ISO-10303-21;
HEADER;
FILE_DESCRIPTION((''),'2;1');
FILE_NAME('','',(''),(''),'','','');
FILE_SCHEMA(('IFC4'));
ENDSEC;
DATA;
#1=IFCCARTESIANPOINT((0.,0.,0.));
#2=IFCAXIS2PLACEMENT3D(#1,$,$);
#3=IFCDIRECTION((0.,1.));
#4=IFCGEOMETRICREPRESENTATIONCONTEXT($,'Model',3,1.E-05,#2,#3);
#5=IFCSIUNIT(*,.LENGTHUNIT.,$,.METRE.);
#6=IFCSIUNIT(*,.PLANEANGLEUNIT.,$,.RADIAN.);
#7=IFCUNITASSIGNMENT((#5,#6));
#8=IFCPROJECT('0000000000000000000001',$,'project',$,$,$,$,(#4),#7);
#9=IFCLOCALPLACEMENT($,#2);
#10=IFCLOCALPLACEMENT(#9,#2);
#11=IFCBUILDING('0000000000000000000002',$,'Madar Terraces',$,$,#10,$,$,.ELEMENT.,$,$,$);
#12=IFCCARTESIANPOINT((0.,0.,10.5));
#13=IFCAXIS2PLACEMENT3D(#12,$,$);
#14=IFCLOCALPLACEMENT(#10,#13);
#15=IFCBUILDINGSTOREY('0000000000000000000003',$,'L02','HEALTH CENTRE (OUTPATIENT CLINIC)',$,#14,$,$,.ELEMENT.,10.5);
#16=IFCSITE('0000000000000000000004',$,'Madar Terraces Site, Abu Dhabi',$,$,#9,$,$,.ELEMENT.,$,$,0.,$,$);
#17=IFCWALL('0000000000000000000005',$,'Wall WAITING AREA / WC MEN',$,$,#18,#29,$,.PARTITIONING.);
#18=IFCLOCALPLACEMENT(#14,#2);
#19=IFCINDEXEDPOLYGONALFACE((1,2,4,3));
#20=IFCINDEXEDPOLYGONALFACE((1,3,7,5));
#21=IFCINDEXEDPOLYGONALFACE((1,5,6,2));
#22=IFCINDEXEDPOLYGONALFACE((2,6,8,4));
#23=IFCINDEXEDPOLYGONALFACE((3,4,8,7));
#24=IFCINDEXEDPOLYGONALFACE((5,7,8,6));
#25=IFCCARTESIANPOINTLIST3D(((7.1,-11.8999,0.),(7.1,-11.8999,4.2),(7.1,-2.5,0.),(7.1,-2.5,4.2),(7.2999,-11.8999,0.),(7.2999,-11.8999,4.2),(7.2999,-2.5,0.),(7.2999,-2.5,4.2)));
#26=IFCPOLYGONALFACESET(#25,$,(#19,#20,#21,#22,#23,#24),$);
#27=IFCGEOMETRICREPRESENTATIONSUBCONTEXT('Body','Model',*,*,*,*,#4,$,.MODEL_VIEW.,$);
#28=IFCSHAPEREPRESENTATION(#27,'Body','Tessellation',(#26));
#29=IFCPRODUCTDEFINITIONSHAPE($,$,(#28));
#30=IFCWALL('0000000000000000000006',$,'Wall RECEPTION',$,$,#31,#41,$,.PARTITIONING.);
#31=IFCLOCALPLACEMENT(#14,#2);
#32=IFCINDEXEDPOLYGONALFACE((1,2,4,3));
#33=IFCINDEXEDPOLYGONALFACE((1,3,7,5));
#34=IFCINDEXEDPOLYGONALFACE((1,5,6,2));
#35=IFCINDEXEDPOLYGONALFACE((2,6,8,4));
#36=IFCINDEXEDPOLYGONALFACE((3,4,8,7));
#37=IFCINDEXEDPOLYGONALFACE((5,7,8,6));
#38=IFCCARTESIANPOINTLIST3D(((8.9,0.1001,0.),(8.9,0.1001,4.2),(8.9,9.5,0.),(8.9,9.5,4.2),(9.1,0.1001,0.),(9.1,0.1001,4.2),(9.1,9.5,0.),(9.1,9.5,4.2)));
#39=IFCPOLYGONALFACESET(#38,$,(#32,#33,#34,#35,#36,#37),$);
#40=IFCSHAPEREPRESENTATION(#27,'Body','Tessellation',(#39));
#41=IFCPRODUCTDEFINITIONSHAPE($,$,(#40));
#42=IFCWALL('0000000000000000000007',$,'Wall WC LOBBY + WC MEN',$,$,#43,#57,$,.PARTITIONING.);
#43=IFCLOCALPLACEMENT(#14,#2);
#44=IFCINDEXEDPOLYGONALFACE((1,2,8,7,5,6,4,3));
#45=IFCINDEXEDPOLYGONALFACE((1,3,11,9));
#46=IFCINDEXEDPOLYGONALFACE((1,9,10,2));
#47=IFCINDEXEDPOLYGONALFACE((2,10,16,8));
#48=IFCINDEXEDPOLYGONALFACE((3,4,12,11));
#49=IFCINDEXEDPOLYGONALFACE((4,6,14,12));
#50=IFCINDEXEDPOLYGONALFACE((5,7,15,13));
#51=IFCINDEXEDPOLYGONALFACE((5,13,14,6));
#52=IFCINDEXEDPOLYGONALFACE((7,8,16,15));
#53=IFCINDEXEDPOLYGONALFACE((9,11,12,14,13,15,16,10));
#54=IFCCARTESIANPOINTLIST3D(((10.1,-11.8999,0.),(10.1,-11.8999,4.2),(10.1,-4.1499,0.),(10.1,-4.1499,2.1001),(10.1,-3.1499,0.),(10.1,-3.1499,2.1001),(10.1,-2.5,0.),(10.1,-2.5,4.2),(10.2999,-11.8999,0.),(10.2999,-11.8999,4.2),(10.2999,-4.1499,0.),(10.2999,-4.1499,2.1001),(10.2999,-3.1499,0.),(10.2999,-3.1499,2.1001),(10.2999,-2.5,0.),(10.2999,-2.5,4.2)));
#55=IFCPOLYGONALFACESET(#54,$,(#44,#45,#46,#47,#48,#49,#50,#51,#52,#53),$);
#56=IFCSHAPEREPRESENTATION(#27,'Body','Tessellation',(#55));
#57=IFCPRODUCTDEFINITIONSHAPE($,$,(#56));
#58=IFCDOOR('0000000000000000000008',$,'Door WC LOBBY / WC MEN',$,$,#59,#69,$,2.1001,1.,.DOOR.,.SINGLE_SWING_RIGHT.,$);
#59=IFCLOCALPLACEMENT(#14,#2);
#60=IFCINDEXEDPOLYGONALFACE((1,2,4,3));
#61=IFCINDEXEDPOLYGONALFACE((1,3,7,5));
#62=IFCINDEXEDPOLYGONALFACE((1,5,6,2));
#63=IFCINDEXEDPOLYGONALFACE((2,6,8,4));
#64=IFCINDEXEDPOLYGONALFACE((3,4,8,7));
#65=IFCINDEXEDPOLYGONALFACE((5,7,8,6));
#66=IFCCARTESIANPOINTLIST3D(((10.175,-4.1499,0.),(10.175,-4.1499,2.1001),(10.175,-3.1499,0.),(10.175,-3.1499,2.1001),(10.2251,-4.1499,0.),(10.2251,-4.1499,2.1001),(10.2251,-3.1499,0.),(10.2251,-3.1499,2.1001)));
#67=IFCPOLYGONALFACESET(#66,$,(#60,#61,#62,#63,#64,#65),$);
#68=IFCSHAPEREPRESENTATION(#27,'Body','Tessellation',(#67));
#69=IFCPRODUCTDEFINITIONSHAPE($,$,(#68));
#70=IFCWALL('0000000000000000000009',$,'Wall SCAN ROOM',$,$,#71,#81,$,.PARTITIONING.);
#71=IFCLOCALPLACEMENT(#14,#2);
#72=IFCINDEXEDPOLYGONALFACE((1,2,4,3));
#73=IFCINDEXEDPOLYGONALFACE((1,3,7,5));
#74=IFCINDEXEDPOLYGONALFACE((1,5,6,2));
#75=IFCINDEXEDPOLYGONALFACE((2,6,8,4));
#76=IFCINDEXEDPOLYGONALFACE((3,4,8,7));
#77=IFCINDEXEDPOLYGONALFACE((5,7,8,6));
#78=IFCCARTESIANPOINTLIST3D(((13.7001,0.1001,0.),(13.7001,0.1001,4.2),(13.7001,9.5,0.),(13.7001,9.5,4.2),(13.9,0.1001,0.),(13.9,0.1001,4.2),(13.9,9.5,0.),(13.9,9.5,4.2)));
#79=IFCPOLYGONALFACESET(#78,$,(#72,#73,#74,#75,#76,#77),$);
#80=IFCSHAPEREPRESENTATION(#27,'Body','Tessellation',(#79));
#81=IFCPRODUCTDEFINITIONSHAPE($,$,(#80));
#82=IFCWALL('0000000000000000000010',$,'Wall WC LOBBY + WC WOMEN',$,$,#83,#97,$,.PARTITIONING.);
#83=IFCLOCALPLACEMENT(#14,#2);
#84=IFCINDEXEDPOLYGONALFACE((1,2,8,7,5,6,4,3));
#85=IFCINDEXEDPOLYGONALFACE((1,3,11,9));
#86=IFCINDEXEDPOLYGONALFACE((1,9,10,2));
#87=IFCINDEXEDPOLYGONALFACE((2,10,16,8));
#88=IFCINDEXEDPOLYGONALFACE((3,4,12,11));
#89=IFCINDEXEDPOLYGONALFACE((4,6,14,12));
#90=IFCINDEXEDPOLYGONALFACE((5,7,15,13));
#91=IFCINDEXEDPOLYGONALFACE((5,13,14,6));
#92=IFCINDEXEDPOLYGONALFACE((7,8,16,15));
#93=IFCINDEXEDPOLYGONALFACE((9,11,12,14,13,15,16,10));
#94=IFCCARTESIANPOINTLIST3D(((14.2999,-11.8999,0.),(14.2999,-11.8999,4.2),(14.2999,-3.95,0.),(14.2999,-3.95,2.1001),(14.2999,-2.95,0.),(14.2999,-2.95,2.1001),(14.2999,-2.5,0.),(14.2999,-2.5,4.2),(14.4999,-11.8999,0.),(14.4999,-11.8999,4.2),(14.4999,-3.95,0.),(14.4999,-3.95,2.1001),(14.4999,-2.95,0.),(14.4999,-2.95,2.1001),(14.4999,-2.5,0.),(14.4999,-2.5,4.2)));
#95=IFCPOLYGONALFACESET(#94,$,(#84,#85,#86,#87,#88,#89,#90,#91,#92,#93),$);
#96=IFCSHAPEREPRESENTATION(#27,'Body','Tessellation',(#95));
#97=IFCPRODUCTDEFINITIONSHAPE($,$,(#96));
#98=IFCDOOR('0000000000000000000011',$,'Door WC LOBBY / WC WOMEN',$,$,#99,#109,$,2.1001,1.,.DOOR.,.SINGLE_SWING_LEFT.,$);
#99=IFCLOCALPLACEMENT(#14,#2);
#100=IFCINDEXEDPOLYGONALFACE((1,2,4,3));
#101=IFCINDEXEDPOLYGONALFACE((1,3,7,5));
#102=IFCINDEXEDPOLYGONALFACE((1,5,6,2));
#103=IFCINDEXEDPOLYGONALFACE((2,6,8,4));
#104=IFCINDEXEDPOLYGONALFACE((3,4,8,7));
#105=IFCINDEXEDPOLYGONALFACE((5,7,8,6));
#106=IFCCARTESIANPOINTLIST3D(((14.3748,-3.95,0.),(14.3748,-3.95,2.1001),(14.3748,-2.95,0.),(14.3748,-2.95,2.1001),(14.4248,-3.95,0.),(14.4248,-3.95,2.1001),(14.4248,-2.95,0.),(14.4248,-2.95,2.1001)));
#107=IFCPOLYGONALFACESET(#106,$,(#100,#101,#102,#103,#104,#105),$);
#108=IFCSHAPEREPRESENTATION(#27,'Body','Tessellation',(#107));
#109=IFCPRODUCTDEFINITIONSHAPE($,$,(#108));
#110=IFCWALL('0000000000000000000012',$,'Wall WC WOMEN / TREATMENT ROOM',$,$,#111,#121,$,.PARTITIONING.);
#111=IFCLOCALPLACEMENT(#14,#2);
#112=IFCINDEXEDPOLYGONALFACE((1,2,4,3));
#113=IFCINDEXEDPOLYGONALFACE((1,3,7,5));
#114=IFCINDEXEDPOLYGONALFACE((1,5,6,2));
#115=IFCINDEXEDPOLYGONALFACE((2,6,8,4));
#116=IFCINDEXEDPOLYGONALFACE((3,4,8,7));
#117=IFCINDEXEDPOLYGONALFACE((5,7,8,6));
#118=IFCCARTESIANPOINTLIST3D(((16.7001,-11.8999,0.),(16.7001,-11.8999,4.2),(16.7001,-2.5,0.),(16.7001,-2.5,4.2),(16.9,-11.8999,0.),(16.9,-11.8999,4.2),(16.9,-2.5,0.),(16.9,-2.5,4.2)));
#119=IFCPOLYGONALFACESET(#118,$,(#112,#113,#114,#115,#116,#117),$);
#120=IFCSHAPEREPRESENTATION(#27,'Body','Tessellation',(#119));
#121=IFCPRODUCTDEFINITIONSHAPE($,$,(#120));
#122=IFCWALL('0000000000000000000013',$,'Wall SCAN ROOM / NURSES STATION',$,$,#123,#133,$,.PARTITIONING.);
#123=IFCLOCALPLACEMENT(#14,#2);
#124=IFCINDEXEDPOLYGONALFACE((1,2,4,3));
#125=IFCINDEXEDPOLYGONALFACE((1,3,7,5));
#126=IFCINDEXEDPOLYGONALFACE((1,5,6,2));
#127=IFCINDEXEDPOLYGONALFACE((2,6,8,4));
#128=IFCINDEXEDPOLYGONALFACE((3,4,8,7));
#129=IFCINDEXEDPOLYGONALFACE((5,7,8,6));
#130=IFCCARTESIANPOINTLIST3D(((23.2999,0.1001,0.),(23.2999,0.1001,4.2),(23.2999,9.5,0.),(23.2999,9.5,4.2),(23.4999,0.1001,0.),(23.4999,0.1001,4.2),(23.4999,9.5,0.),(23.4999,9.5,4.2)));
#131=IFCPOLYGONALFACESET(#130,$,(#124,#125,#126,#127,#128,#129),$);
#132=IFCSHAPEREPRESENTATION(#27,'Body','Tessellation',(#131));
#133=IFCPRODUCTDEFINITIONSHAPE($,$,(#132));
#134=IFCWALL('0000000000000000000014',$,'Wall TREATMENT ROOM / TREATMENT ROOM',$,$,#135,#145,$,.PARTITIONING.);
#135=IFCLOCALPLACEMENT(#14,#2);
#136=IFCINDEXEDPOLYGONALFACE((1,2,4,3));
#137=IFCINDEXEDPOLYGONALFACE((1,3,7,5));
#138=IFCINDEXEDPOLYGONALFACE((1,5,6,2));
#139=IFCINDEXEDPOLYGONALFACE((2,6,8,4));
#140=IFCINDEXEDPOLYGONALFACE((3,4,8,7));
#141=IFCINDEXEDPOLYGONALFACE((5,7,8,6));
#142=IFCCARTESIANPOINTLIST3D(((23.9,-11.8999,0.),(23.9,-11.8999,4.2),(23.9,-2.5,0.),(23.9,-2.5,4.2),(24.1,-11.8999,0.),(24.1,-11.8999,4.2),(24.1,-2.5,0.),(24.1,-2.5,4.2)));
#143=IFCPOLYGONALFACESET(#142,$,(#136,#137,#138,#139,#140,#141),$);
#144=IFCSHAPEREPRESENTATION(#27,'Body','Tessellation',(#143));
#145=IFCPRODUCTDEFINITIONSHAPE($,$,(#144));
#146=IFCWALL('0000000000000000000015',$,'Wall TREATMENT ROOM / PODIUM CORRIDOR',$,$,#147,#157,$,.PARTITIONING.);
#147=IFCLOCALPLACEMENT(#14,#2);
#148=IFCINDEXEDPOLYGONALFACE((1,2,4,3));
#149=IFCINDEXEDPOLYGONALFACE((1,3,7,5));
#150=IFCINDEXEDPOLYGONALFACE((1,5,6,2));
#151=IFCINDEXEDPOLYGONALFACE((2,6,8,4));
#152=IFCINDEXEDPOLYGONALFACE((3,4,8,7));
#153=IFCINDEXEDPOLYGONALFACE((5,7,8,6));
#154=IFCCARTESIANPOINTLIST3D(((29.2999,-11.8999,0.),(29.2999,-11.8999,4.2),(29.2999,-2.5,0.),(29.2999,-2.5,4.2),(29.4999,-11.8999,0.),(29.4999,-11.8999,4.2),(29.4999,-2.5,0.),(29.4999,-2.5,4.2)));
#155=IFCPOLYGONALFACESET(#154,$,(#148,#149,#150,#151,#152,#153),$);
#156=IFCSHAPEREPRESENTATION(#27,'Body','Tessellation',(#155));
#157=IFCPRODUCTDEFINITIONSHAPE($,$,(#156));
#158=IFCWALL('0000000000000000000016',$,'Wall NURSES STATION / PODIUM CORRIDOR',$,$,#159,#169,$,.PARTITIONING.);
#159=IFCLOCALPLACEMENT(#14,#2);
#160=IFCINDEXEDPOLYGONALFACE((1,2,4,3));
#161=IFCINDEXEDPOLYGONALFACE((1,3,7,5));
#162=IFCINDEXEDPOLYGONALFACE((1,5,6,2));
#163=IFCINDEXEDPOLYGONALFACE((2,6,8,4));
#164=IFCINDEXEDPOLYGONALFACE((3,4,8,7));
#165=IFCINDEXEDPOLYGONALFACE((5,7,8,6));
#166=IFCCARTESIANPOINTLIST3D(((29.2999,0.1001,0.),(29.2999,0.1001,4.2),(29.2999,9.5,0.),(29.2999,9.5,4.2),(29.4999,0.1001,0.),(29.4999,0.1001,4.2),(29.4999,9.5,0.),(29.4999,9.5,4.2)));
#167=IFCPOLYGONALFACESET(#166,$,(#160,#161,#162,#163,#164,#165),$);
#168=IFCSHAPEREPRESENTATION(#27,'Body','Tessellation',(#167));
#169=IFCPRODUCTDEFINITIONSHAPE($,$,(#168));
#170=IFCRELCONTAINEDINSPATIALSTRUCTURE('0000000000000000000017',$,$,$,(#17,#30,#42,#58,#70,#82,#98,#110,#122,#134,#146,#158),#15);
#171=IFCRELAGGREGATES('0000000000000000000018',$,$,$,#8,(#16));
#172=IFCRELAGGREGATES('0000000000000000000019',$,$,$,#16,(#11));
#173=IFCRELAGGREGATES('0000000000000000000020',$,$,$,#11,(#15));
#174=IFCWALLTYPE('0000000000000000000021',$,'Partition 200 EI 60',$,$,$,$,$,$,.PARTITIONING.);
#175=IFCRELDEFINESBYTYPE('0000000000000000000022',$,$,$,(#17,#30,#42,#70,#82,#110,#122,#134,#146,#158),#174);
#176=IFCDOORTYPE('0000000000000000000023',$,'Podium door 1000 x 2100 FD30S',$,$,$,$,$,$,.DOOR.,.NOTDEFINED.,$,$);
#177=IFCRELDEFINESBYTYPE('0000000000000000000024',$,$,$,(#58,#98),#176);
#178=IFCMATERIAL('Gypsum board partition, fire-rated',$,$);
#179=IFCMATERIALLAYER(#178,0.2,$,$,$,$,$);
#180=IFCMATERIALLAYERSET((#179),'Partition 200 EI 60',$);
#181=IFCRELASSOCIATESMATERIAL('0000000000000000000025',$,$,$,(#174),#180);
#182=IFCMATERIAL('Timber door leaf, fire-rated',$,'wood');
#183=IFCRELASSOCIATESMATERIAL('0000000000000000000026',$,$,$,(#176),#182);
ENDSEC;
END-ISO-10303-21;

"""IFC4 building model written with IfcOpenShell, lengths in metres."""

from ifc_helpers import new_model, si_unit, direction, frame, frame_2d, origin, place, context, subcontext, project, spatial, rectangle, extrude, material, layer, layer_set, type_object, element, fill, save


model = new_model("IFC4")

# Units and contexts
model_context = context("Model", 3, precision=1e-05, world=origin(), true_north=direction((0.0, 1.0)))
body_context = subcontext(model_context, "Body", "Model", "MODEL_VIEW")
ifc_project = project(units=[si_unit("LENGTHUNIT", "METRE"), si_unit("PLANEANGLEUNIT", "RADIAN")], contexts=[model_context])

# Site, building, storey
site_placement = place(None, origin())
site = spatial("IfcSite", under=ifc_project, at=site_placement, Name="Madar Terraces Site, Abu Dhabi", CompositionType="ELEMENT", RefElevation=0.0)
building_placement = place(site_placement, origin())
building = spatial("IfcBuilding", under=site, at=building_placement, Name="Madar Terraces", CompositionType="ELEMENT")
storey_placement = place(building_placement, frame((0.0, 0.0, 10.5)))
storey = spatial("IfcBuildingStorey", under=building, at=storey_placement, Name="L02", Description="HEALTH CENTRE (OUTPATIENT CLINIC)", CompositionType="ELEMENT", Elevation=10.5)

# Shared definitions
ifc_material_1 = material(Name="Gypsum board partition, fire-rated")
ifc_layer_1 = layer(ifc_material_1, 0.2)
ifc_layer_set_1 = layer_set([ifc_layer_1], Name="Partition 200 EI 60")
wall_type = type_object("IfcWallType", Name="Partition 200 EI 60", PredefinedType="PARTITIONING", material=ifc_layer_set_1)
ifc_material_2 = material(Name="Timber door leaf, fire-rated", Category="wood")
door_type_1 = type_object("IfcDoorType", Name="Podium door 1000 x 2100 FD30S", OperationType="NOTDEFINED", PredefinedType="DOOR", material=ifc_material_2)

# Walls
for number, where, z_axis, x_axis, name in (
    (1, (7.2, -11.8999, 0.0), (0.0, 0.0, 1.0), (0.0, 1.0, 0.0), "Wall WAITING AREA / WC MEN"),
    (2, (9.0, 0.1001, 0.0), (0.0, 0.0, 1.0), (0.0, 1.0, 0.0), "Wall RECEPTION"),
):
    element("IfcWall", number, at=place(storey_placement, frame(where, z_axis=z_axis, x_axis=x_axis)), inside=storey, type_object=wall_type, Name=name, PredefinedType="PARTITIONING", context=body_context, shape_type="SweptSolid", body=[
        extrude(rectangle(XDim=9.3999, YDim=0.2, at=frame_2d((4.7, 0.0))), origin(), (0.0, 0.0, 1.0), 4.2),
    ])

# Wall, opening, door
wall_1_placement = place(storey_placement, frame((10.2, -11.8999, 0.0), z_axis=(0.0, 0.0, 1.0), x_axis=(0.0, 1.0, 0.0)))
wall_1 = element("IfcWall", 3, at=wall_1_placement, inside=storey, type_object=wall_type, Name="Wall WC LOBBY + WC MEN", PredefinedType="PARTITIONING", context=body_context, shape_type="SweptSolid", body=[
    extrude(rectangle(XDim=9.3999, YDim=0.2, at=frame_2d((4.7, 0.0))), origin(), (0.0, 0.0, 1.0), 4.2),
])
opening_1_placement = place(wall_1_placement, frame((7.75, 0.0, 0.0)))
opening_1 = element("IfcOpeningElement", 4, at=opening_1_placement, cuts=wall_1, PredefinedType="OPENING", context=body_context, shape_type="SweptSolid", body=[
    extrude(rectangle(XDim=1.0, YDim=2.1001, at=frame_2d((0.5, 1.05))), frame((0.0, 0.1099, 0.0), z_axis=(0.0, -1.0, 0.0), x_axis=(1.0, 0.0, 0.0)), (0.0, 0.0, 1.0), 0.22),
])
door_1_placement = place(opening_1_placement, origin())
door_1 = element("IfcDoor", 5, at=door_1_placement, inside=storey, type_object=door_type_1, Name="Door WC LOBBY / WC MEN", OperationType="SINGLE_SWING_RIGHT", OverallHeight=2.1001, OverallWidth=1.0, PredefinedType="DOOR", context=body_context, shape_type="SweptSolid", body=[
    extrude(rectangle(XDim=1.0, YDim=2.1001, at=frame_2d((0.5, 1.05))), frame((0.0, 0.0249, 0.0), z_axis=(0.0, -1.0, 0.0), x_axis=(1.0, 0.0, 0.0)), (0.0, 0.0, 1.0), 0.05),
])
fill(opening_1, door_1)

# Wall
wall_2_placement = place(storey_placement, frame((13.8, 0.1001, 0.0), z_axis=(0.0, 0.0, 1.0), x_axis=(0.0, 1.0, 0.0)))
element("IfcWall", 6, at=wall_2_placement, inside=storey, type_object=wall_type, Name="Wall SCAN ROOM", PredefinedType="PARTITIONING", context=body_context, shape_type="SweptSolid", body=[
    extrude(rectangle(XDim=9.3999, YDim=0.2, at=frame_2d((4.7, 0.0))), origin(), (0.0, 0.0, 1.0), 4.2),
])

# Wall, opening, door
wall_3_placement = place(storey_placement, frame((14.3999, -2.5, 0.0), z_axis=(0.0, 0.0, 1.0), x_axis=(0.0, -1.0, 0.0)))
wall_3 = element("IfcWall", 7, at=wall_3_placement, inside=storey, type_object=wall_type, Name="Wall WC LOBBY + WC WOMEN", PredefinedType="PARTITIONING", context=body_context, shape_type="SweptSolid", body=[
    extrude(rectangle(XDim=9.3999, YDim=0.2, at=frame_2d((4.7, 0.0))), origin(), (0.0, 0.0, 1.0), 4.2),
])
opening_2_placement = place(wall_3_placement, frame((0.45, 0.0, 0.0)))
opening_2 = element("IfcOpeningElement", 8, at=opening_2_placement, cuts=wall_3, PredefinedType="OPENING", context=body_context, shape_type="SweptSolid", body=[
    extrude(rectangle(XDim=1.0, YDim=2.1001, at=frame_2d((0.5, 1.05))), frame((0.0, 0.1099, 0.0), z_axis=(0.0, -1.0, 0.0), x_axis=(1.0, 0.0, 0.0)), (0.0, 0.0, 1.0), 0.22),
])
door_2_placement = place(opening_2_placement, origin())
door_2 = element("IfcDoor", 9, at=door_2_placement, inside=storey, type_object=door_type_1, Name="Door WC LOBBY / WC WOMEN", OperationType="SINGLE_SWING_LEFT", OverallHeight=2.1001, OverallWidth=1.0, PredefinedType="DOOR", context=body_context, shape_type="SweptSolid", body=[
    extrude(rectangle(XDim=1.0, YDim=2.1001, at=frame_2d((0.5, 1.05))), frame((0.0, 0.0249, 0.0), z_axis=(0.0, -1.0, 0.0), x_axis=(1.0, 0.0, 0.0)), (0.0, 0.0, 1.0), 0.05),
])
fill(opening_2, door_2)

# Walls
for number, where, z_axis, x_axis, name in (
    (10, (16.8, -11.8999, 0.0), (0.0, 0.0, 1.0), (0.0, 1.0, 0.0), "Wall WC WOMEN / TREATMENT ROOM"),
    (11, (23.3999, 0.1001, 0.0), (0.0, 0.0, 1.0), (0.0, 1.0, 0.0), "Wall SCAN ROOM / NURSES STATION"),
    (12, (24.0, -11.8999, 0.0), (0.0, 0.0, 1.0), (0.0, 1.0, 0.0), "Wall TREATMENT ROOM / TREATMENT ROOM"),
    (13, (29.3999, -11.8999, 0.0), (0.0, 0.0, 1.0), (0.0, 1.0, 0.0), "Wall TREATMENT ROOM / PODIUM CORRIDOR"),
    (14, (29.3999, 0.1001, 0.0), (0.0, 0.0, 1.0), (0.0, 1.0, 0.0), "Wall NURSES STATION / PODIUM CORRIDOR"),
):
    element("IfcWall", number, at=place(storey_placement, frame(where, z_axis=z_axis, x_axis=x_axis)), inside=storey, type_object=wall_type, Name=name, PredefinedType="PARTITIONING", context=body_context, shape_type="SweptSolid", body=[
        extrude(rectangle(XDim=9.3999, YDim=0.2, at=frame_2d((4.7, 0.0))), origin(), (0.0, 0.0, 1.0), 4.2),
    ])

save(model, "model.ifc")
